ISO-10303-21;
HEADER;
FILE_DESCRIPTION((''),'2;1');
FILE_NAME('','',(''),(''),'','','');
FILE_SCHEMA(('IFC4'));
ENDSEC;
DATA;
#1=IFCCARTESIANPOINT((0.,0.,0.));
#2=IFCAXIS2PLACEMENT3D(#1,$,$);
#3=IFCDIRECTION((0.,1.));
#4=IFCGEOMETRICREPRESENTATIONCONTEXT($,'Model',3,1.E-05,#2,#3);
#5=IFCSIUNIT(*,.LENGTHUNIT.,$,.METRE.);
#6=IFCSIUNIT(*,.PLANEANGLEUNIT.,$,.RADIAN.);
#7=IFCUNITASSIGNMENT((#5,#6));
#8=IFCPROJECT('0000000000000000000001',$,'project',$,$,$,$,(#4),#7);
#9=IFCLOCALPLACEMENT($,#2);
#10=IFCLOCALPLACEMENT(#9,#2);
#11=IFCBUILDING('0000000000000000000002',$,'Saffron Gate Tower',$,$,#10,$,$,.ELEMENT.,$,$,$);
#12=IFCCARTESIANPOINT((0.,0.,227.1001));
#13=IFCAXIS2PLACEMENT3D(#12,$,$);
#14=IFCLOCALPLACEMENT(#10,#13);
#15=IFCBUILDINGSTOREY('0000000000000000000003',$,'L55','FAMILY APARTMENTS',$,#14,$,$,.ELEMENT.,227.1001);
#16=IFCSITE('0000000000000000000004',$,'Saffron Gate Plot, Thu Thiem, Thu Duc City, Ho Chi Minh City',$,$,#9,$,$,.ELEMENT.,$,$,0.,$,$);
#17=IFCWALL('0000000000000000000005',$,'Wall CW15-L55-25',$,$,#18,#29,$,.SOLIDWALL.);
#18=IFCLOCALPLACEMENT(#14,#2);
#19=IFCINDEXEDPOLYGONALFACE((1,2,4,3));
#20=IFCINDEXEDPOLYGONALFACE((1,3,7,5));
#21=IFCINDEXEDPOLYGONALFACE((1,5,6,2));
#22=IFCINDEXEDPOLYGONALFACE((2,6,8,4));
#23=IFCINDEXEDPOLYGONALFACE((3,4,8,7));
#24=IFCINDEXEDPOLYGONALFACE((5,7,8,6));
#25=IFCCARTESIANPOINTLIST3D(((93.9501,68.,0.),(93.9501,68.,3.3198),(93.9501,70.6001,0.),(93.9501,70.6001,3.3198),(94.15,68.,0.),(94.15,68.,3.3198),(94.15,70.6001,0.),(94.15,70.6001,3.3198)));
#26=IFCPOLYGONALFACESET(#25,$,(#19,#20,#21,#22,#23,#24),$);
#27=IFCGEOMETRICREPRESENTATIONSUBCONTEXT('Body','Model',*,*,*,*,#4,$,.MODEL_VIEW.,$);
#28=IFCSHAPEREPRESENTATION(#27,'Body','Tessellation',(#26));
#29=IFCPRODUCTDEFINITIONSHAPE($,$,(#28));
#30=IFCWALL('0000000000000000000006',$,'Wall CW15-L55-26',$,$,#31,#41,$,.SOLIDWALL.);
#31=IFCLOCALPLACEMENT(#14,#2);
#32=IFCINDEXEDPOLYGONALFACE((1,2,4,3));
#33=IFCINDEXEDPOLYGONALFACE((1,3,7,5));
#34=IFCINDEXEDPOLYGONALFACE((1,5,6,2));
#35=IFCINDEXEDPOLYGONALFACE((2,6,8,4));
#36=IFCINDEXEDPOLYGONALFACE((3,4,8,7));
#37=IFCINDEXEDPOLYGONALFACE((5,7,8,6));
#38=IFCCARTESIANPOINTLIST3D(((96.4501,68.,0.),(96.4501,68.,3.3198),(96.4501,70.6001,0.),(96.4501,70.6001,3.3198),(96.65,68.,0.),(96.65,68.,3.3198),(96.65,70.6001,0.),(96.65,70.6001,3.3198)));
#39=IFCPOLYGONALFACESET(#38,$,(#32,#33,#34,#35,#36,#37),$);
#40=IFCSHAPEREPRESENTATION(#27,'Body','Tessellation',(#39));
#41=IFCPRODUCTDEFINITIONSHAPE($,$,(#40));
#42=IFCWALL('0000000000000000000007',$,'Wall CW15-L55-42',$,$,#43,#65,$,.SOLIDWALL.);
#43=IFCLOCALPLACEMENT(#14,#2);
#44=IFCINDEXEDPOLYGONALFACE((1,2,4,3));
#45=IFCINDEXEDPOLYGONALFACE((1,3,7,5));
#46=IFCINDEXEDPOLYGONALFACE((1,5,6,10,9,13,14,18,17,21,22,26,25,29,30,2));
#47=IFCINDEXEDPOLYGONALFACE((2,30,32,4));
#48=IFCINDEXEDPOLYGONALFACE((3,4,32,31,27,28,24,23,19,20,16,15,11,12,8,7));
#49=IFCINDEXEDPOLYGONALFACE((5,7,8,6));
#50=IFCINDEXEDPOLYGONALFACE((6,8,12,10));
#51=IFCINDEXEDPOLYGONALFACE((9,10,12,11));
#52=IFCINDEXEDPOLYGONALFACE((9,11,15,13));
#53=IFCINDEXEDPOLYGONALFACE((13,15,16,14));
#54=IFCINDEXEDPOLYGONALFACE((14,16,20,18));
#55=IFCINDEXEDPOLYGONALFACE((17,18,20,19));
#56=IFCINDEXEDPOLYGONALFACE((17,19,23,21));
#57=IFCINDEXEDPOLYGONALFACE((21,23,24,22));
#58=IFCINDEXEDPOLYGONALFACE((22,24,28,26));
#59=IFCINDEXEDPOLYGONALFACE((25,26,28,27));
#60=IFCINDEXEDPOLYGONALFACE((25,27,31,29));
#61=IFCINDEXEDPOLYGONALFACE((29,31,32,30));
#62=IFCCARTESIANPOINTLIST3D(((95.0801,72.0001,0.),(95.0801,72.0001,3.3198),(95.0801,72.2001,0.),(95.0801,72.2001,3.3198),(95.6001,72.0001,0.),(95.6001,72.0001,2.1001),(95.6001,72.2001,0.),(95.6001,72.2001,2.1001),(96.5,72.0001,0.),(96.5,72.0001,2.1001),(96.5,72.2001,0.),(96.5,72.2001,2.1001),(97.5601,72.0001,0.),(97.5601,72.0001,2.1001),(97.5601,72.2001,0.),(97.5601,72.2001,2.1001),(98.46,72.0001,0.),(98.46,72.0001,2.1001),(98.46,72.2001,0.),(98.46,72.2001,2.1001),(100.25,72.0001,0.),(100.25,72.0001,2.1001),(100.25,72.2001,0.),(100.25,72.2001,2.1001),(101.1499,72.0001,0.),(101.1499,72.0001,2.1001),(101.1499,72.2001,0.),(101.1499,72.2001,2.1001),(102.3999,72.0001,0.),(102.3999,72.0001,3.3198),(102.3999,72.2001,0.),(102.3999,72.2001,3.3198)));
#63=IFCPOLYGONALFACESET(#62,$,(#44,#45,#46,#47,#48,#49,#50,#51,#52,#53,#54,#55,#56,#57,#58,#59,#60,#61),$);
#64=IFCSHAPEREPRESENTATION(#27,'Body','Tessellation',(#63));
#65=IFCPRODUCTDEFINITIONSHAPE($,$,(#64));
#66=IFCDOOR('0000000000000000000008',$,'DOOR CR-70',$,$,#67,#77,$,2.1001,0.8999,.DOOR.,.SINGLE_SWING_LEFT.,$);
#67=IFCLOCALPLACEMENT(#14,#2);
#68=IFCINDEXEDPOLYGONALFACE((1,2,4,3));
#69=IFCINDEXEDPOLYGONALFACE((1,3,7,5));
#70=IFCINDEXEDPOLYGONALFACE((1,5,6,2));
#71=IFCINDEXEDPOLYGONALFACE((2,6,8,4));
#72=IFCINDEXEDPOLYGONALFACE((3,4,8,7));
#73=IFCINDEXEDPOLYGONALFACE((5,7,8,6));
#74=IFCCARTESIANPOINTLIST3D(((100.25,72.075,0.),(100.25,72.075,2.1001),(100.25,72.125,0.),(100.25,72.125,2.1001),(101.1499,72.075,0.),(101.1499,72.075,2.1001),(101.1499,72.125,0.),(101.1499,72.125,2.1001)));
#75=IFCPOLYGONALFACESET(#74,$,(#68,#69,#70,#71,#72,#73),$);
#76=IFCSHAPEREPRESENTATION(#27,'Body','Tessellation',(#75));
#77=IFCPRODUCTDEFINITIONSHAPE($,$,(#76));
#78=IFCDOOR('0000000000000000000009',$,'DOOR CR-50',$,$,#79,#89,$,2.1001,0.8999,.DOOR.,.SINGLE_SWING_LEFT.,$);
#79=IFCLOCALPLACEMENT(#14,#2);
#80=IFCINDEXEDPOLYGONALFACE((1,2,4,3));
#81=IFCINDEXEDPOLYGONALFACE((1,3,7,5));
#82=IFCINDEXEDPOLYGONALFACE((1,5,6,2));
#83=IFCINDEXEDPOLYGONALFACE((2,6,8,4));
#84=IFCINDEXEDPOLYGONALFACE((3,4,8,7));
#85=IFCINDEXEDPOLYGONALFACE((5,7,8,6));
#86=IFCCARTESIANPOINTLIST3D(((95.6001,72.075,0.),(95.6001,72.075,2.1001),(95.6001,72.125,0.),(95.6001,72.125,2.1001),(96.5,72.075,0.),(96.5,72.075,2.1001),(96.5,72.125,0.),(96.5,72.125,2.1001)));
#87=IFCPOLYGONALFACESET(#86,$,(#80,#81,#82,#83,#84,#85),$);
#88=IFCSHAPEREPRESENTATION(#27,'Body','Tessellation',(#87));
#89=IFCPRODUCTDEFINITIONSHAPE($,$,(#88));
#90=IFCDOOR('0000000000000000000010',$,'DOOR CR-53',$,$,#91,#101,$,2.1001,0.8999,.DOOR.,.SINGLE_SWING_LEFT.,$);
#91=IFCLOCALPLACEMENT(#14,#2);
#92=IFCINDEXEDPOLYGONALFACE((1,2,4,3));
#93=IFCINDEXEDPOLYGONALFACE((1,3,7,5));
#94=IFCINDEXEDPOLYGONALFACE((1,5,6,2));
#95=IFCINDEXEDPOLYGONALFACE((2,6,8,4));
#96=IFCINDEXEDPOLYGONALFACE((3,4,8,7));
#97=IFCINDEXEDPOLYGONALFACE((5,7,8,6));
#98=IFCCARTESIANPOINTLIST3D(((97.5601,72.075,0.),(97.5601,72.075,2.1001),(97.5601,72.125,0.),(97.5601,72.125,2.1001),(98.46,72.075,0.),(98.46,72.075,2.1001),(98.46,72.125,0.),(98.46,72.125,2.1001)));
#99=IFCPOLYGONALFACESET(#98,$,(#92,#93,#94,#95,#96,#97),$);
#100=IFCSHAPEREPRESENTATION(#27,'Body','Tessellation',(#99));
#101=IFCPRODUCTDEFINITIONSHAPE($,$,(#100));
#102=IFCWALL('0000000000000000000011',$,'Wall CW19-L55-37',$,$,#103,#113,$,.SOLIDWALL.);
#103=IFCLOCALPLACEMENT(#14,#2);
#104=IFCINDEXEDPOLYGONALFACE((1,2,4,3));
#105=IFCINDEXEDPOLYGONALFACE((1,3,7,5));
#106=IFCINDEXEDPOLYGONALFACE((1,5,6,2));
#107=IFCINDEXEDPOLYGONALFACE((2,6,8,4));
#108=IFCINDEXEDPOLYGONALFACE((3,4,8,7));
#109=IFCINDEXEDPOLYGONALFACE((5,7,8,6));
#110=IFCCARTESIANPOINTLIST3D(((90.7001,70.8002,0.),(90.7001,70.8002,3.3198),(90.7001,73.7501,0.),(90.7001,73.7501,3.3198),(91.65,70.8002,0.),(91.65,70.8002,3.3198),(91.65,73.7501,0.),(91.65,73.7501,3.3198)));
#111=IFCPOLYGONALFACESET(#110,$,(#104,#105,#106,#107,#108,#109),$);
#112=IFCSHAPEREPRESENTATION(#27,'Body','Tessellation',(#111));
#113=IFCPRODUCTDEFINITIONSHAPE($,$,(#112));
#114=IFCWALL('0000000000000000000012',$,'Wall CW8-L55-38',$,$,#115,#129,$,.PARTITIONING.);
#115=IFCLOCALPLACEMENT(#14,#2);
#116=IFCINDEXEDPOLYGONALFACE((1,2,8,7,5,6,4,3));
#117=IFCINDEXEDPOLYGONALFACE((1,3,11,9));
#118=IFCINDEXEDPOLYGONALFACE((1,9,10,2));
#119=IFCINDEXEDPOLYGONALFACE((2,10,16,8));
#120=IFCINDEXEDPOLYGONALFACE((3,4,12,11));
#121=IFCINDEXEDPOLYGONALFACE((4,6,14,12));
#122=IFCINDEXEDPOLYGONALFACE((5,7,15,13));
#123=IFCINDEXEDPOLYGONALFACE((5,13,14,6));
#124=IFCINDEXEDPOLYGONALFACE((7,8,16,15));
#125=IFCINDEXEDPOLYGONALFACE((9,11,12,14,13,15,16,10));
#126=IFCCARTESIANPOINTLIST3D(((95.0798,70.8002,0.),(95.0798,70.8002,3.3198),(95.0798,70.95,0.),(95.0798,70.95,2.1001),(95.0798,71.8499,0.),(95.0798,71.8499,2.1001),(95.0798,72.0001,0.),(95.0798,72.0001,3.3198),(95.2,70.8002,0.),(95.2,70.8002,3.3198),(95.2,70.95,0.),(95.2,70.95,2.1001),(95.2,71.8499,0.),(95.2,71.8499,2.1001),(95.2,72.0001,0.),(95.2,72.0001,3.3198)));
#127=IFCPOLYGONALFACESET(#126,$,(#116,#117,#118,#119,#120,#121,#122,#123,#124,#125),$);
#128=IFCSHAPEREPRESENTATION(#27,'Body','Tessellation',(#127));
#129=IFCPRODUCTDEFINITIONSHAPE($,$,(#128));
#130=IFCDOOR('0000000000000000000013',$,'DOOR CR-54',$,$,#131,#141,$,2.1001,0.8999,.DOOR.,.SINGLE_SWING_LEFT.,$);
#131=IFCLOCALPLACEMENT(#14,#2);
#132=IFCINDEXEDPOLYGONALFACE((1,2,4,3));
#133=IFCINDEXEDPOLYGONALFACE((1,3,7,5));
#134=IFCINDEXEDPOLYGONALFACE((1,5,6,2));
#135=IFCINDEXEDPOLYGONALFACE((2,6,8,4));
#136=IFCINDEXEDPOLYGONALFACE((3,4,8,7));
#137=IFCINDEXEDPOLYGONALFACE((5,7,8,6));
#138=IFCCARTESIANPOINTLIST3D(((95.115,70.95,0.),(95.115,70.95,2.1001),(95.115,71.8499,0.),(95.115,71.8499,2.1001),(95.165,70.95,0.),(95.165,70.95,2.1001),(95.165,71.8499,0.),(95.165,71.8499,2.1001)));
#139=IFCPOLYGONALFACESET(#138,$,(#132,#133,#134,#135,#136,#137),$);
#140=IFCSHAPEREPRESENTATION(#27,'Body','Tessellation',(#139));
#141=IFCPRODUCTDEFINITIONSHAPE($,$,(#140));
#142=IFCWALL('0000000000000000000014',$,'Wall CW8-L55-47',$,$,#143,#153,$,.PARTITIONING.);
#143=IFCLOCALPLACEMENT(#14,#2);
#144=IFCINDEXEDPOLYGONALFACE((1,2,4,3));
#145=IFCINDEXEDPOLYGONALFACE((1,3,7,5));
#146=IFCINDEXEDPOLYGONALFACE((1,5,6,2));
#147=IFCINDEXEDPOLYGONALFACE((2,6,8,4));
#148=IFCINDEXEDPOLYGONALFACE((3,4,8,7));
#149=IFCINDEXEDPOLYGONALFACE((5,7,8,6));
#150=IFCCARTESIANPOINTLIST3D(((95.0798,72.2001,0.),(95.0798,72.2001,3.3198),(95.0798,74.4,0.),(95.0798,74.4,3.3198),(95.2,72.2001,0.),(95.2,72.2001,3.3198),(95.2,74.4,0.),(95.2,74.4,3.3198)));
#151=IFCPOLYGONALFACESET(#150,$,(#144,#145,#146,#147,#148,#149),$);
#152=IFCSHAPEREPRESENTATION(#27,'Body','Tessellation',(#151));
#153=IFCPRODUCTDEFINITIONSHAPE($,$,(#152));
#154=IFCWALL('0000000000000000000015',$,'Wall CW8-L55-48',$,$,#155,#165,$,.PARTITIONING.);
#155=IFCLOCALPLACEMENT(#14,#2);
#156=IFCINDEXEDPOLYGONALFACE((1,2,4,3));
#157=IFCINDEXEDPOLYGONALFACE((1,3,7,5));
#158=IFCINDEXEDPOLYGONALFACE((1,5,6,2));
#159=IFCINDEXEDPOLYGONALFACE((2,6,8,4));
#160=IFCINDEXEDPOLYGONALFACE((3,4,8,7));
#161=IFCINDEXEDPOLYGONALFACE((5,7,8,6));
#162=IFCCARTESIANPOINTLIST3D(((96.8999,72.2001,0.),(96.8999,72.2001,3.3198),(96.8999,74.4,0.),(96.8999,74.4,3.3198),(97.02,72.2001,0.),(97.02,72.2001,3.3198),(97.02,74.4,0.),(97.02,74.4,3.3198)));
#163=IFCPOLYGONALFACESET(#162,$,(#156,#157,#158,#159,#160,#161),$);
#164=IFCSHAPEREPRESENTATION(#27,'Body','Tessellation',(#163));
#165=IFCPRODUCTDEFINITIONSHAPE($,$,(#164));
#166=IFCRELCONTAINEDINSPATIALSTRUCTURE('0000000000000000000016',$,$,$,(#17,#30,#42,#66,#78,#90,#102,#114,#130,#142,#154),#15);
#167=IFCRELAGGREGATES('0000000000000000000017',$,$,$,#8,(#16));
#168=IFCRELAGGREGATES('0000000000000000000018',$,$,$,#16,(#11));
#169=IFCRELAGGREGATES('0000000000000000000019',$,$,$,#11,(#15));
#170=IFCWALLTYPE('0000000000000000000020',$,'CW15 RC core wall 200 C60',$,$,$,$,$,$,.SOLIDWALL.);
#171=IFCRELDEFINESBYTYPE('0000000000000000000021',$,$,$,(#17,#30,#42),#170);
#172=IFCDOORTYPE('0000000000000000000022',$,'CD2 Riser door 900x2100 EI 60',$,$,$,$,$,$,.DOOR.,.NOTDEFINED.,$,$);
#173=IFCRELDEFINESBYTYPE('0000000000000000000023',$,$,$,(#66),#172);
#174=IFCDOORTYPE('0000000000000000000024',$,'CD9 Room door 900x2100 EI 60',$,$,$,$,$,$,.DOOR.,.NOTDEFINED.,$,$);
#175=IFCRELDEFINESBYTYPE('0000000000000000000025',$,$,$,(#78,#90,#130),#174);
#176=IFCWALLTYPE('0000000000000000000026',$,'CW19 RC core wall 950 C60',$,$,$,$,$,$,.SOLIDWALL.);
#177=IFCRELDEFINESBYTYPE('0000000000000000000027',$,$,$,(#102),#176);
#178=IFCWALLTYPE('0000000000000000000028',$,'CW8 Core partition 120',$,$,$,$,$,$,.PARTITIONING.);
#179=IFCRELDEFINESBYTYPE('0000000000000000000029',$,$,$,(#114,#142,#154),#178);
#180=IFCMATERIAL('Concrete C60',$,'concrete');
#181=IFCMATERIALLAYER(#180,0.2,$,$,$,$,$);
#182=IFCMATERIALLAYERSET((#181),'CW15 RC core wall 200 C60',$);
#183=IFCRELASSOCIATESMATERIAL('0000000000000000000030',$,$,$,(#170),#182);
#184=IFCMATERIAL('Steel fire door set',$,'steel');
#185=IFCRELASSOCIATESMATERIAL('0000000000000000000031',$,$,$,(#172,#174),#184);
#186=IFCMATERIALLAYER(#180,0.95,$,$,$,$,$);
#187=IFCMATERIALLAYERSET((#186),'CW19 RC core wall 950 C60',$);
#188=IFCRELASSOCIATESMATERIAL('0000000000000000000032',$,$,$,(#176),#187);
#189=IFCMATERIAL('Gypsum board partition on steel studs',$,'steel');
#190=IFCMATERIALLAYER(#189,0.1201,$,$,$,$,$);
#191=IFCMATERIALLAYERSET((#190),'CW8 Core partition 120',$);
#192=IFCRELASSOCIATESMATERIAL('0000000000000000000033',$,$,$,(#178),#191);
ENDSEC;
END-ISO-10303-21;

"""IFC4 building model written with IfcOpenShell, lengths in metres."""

from ifc_helpers import new_model, si_unit, direction, frame, frame_2d, origin, place, context, subcontext, project, spatial, rectangle, extrude, material, layer, layer_set, type_object, element, fill, save


model = new_model("IFC4")

# Units and contexts
model_context = context("Model", 3, precision=1e-05, world=origin(), true_north=direction((0.0, 1.0)))
body_context = subcontext(model_context, "Body", "Model", "MODEL_VIEW")
ifc_project = project(units=[si_unit("LENGTHUNIT", "METRE"), si_unit("PLANEANGLEUNIT", "RADIAN")], contexts=[model_context])

# Site, building, storey
site_placement = place(None, origin())
site = spatial("IfcSite", under=ifc_project, at=site_placement, Name="Saffron Gate Plot, Thu Thiem, Thu Duc City, Ho Chi Minh City", CompositionType="ELEMENT", RefElevation=0.0)
building_placement = place(site_placement, origin())
building = spatial("IfcBuilding", under=site, at=building_placement, Name="Saffron Gate Tower", CompositionType="ELEMENT")
storey_placement = place(building_placement, frame((0.0, 0.0, 227.1001)))
storey = spatial("IfcBuildingStorey", under=building, at=storey_placement, Name="L55", Description="FAMILY APARTMENTS", CompositionType="ELEMENT", Elevation=227.1001)

# Shared definitions
ifc_material_1 = material(Name="Concrete C60", Category="concrete")

# Shared definitions
ifc_material_2 = material(Name="Steel fire door set", Category="steel")

# Shared definitions
ifc_layer_1 = layer(ifc_material_1, 0.2)
ifc_layer_set_1 = layer_set([ifc_layer_1], Name="CW15 RC core wall 200 C60")
wall_type_1 = type_object("IfcWallType", Name="CW15 RC core wall 200 C60", PredefinedType="SOLIDWALL", material=ifc_layer_set_1)

# Shared definitions
door_type_1 = type_object("IfcDoorType", Name="CD2 Riser door 900x2100 EI 60", OperationType="NOTDEFINED", PredefinedType="DOOR", material=ifc_material_2)

# Walls
for number, where, z_axis, x_axis, name in (
    (1, (94.05, 68.0, 0.0), (0.0, 0.0, 1.0), (0.0, 1.0, 0.0), "Wall CW15-L55-25"),
    (2, (96.55, 68.0, 0.0), (0.0, 0.0, 1.0), (0.0, 1.0, 0.0), "Wall CW15-L55-26"),
):
    element("IfcWall", number, at=place(storey_placement, frame(where, z_axis=z_axis, x_axis=x_axis)), inside=storey, type_object=wall_type_1, Name=name, PredefinedType="SOLIDWALL", context=body_context, shape_type="SweptSolid", body=[
        extrude(rectangle(XDim=2.6001, YDim=0.2, at=frame_2d((1.3, 0.0))), origin(), (0.0, 0.0, 1.0), 3.3198),
    ])

# Wall, openings, doors
wall_1_placement = place(storey_placement, frame((95.0801, 72.1001, 0.0), z_axis=(0.0, 0.0, 1.0), x_axis=(1.0, 0.0, 0.0)))
wall_1 = element("IfcWall", 3, at=wall_1_placement, inside=storey, type_object=wall_type_1, Name="Wall CW15-L55-42", PredefinedType="SOLIDWALL", context=body_context, shape_type="SweptSolid", body=[
    extrude(rectangle(XDim=7.3198, YDim=0.2, at=frame_2d((3.6599, 0.0))), origin(), (0.0, 0.0, 1.0), 3.3198),
])
opening_1_placement = place(wall_1_placement, frame((0.52, 0.0, 0.0)))
opening_1 = element("IfcOpeningElement", 4, at=opening_1_placement, cuts=wall_1, PredefinedType="OPENING", context=body_context, shape_type="SweptSolid", body=[
    extrude(rectangle(XDim=0.8999, YDim=2.1001, at=frame_2d((0.45, 1.05))), frame((0.0, 0.1099, 0.0), z_axis=(0.0, -1.0, 0.0), x_axis=(1.0, 0.0, 0.0)), (0.0, 0.0, 1.0), 0.22),
])
opening_2_placement = place(wall_1_placement, frame((2.48, 0.0, 0.0)))
opening_2 = element("IfcOpeningElement", 5, at=opening_2_placement, cuts=wall_1, PredefinedType="OPENING", context=body_context, shape_type="SweptSolid", body=[
    extrude(rectangle(XDim=0.8999, YDim=2.1001, at=frame_2d((0.45, 1.05))), frame((0.0, 0.1099, 0.0), z_axis=(0.0, -1.0, 0.0), x_axis=(1.0, 0.0, 0.0)), (0.0, 0.0, 1.0), 0.22),
])
opening_3_placement = place(wall_1_placement, frame((5.1699, 0.0, 0.0)))
opening_3 = element("IfcOpeningElement", 6, at=opening_3_placement, cuts=wall_1, PredefinedType="OPENING", context=body_context, shape_type="SweptSolid", body=[
    extrude(rectangle(XDim=0.8999, YDim=2.1001, at=frame_2d((0.45, 1.05))), frame((0.0, 0.1099, 0.0), z_axis=(0.0, -1.0, 0.0), x_axis=(1.0, 0.0, 0.0)), (0.0, 0.0, 1.0), 0.22),
])
door_1_placement = place(opening_3_placement, origin())
door_1 = element("IfcDoor", 7, at=door_1_placement, inside=storey, type_object=door_type_1, Name="DOOR CR-70", OperationType="SINGLE_SWING_LEFT", OverallHeight=2.1001, OverallWidth=0.8999, PredefinedType="DOOR", context=body_context, shape_type="SweptSolid", body=[
    extrude(rectangle(XDim=0.8999, YDim=2.1001, at=frame_2d((0.45, 1.05))), frame((0.0, 0.0249, 0.0), z_axis=(0.0, -1.0, 0.0), x_axis=(1.0, 0.0, 0.0)), (0.0, 0.0, 1.0), 0.05),
])
fill(opening_3, door_1)
door_type_2 = type_object("IfcDoorType", Name="CD9 Room door 900x2100 EI 60", OperationType="NOTDEFINED", PredefinedType="DOOR", material=ifc_material_2)
door_2_placement = place(opening_1_placement, origin())
door_2 = element("IfcDoor", 8, at=door_2_placement, inside=storey, type_object=door_type_2, Name="DOOR CR-50", OperationType="SINGLE_SWING_LEFT", OverallHeight=2.1001, OverallWidth=0.8999, PredefinedType="DOOR", context=body_context, shape_type="SweptSolid", body=[
    extrude(rectangle(XDim=0.8999, YDim=2.1001, at=frame_2d((0.45, 1.05))), frame((0.0, 0.0249, 0.0), z_axis=(0.0, -1.0, 0.0), x_axis=(1.0, 0.0, 0.0)), (0.0, 0.0, 1.0), 0.05),
])
fill(opening_1, door_2)
door_3_placement = place(opening_2_placement, origin())
door_3 = element("IfcDoor", 9, at=door_3_placement, inside=storey, type_object=door_type_2, Name="DOOR CR-53", OperationType="SINGLE_SWING_LEFT", OverallHeight=2.1001, OverallWidth=0.8999, PredefinedType="DOOR", context=body_context, shape_type="SweptSolid", body=[
    extrude(rectangle(XDim=0.8999, YDim=2.1001, at=frame_2d((0.45, 1.05))), frame((0.0, 0.0249, 0.0), z_axis=(0.0, -1.0, 0.0), x_axis=(1.0, 0.0, 0.0)), (0.0, 0.0, 1.0), 0.05),
])
fill(opening_2, door_3)

# Wall
ifc_layer_2 = layer(ifc_material_1, 0.95)
ifc_layer_set_2 = layer_set([ifc_layer_2], Name="CW19 RC core wall 950 C60")
wall_type_2 = type_object("IfcWallType", Name="CW19 RC core wall 950 C60", PredefinedType="SOLIDWALL", material=ifc_layer_set_2)
wall_2_placement = place(storey_placement, frame((91.175, 70.8, 0.0), z_axis=(0.0, 0.0, 1.0), x_axis=(0.0, 1.0, 0.0)))
element("IfcWall", 10, at=wall_2_placement, inside=storey, type_object=wall_type_2, Name="Wall CW19-L55-37", PredefinedType="SOLIDWALL", context=body_context, shape_type="SweptSolid", body=[
    extrude(rectangle(XDim=2.95, YDim=0.95, at=frame_2d((1.4751, 0.0))), origin(), (0.0, 0.0, 1.0), 3.3198),
])

# Wall, opening, door
ifc_material_3 = material(Name="Gypsum board partition on steel studs", Category="steel")
ifc_layer_3 = layer(ifc_material_3, 0.1201)
ifc_layer_set_3 = layer_set([ifc_layer_3], Name="CW8 Core partition 120")
wall_type_3 = type_object("IfcWallType", Name="CW8 Core partition 120", PredefinedType="PARTITIONING", material=ifc_layer_set_3)
wall_3_placement = place(storey_placement, frame((95.1399, 70.8, 0.0), z_axis=(0.0, 0.0, 1.0), x_axis=(0.0, 1.0, 0.0)))
wall_3 = element("IfcWall", 11, at=wall_3_placement, inside=storey, type_object=wall_type_3, Name="Wall CW8-L55-38", PredefinedType="PARTITIONING", context=body_context, shape_type="SweptSolid", body=[
    extrude(rectangle(XDim=1.2, YDim=0.1201, at=frame_2d((0.6001, 0.0))), origin(), (0.0, 0.0, 1.0), 3.3198),
])
opening_4_placement = place(wall_3_placement, frame((0.1499, 0.0, 0.0)))
opening_4 = element("IfcOpeningElement", 12, at=opening_4_placement, cuts=wall_3, PredefinedType="OPENING", context=body_context, shape_type="SweptSolid", body=[
    extrude(rectangle(XDim=0.8999, YDim=2.1001, at=frame_2d((0.45, 1.05))), frame((0.0, 0.0701, 0.0), z_axis=(0.0, -1.0, 0.0), x_axis=(1.0, 0.0, 0.0)), (0.0, 0.0, 1.0), 0.1401),
])
door_4_placement = place(opening_4_placement, origin())
door_4 = element("IfcDoor", 13, at=door_4_placement, inside=storey, type_object=door_type_2, Name="DOOR CR-54", OperationType="SINGLE_SWING_LEFT", OverallHeight=2.1001, OverallWidth=0.8999, PredefinedType="DOOR", context=body_context, shape_type="SweptSolid", body=[
    extrude(rectangle(XDim=0.8999, YDim=2.1001, at=frame_2d((0.45, 1.05))), frame((0.0, 0.0249, 0.0), z_axis=(0.0, -1.0, 0.0), x_axis=(1.0, 0.0, 0.0)), (0.0, 0.0, 1.0), 0.05),
])
fill(opening_4, door_4)

# Walls
for number, where, z_axis, x_axis, name in (
    (14, (95.1399, 72.2, 0.0), (0.0, 0.0, 1.0), (0.0, 1.0, 0.0), "Wall CW8-L55-47"),
    (15, (96.96, 72.2, 0.0), (0.0, 0.0, 1.0), (0.0, 1.0, 0.0), "Wall CW8-L55-48"),
):
    element("IfcWall", number, at=place(storey_placement, frame(where, z_axis=z_axis, x_axis=x_axis)), inside=storey, type_object=wall_type_3, Name=name, PredefinedType="PARTITIONING", context=body_context, shape_type="SweptSolid", body=[
        extrude(rectangle(XDim=2.2, YDim=0.1201, at=frame_2d((1.1001, 0.0))), origin(), (0.0, 0.0, 1.0), 3.3198),
    ])

save(model, "model.ifc")
